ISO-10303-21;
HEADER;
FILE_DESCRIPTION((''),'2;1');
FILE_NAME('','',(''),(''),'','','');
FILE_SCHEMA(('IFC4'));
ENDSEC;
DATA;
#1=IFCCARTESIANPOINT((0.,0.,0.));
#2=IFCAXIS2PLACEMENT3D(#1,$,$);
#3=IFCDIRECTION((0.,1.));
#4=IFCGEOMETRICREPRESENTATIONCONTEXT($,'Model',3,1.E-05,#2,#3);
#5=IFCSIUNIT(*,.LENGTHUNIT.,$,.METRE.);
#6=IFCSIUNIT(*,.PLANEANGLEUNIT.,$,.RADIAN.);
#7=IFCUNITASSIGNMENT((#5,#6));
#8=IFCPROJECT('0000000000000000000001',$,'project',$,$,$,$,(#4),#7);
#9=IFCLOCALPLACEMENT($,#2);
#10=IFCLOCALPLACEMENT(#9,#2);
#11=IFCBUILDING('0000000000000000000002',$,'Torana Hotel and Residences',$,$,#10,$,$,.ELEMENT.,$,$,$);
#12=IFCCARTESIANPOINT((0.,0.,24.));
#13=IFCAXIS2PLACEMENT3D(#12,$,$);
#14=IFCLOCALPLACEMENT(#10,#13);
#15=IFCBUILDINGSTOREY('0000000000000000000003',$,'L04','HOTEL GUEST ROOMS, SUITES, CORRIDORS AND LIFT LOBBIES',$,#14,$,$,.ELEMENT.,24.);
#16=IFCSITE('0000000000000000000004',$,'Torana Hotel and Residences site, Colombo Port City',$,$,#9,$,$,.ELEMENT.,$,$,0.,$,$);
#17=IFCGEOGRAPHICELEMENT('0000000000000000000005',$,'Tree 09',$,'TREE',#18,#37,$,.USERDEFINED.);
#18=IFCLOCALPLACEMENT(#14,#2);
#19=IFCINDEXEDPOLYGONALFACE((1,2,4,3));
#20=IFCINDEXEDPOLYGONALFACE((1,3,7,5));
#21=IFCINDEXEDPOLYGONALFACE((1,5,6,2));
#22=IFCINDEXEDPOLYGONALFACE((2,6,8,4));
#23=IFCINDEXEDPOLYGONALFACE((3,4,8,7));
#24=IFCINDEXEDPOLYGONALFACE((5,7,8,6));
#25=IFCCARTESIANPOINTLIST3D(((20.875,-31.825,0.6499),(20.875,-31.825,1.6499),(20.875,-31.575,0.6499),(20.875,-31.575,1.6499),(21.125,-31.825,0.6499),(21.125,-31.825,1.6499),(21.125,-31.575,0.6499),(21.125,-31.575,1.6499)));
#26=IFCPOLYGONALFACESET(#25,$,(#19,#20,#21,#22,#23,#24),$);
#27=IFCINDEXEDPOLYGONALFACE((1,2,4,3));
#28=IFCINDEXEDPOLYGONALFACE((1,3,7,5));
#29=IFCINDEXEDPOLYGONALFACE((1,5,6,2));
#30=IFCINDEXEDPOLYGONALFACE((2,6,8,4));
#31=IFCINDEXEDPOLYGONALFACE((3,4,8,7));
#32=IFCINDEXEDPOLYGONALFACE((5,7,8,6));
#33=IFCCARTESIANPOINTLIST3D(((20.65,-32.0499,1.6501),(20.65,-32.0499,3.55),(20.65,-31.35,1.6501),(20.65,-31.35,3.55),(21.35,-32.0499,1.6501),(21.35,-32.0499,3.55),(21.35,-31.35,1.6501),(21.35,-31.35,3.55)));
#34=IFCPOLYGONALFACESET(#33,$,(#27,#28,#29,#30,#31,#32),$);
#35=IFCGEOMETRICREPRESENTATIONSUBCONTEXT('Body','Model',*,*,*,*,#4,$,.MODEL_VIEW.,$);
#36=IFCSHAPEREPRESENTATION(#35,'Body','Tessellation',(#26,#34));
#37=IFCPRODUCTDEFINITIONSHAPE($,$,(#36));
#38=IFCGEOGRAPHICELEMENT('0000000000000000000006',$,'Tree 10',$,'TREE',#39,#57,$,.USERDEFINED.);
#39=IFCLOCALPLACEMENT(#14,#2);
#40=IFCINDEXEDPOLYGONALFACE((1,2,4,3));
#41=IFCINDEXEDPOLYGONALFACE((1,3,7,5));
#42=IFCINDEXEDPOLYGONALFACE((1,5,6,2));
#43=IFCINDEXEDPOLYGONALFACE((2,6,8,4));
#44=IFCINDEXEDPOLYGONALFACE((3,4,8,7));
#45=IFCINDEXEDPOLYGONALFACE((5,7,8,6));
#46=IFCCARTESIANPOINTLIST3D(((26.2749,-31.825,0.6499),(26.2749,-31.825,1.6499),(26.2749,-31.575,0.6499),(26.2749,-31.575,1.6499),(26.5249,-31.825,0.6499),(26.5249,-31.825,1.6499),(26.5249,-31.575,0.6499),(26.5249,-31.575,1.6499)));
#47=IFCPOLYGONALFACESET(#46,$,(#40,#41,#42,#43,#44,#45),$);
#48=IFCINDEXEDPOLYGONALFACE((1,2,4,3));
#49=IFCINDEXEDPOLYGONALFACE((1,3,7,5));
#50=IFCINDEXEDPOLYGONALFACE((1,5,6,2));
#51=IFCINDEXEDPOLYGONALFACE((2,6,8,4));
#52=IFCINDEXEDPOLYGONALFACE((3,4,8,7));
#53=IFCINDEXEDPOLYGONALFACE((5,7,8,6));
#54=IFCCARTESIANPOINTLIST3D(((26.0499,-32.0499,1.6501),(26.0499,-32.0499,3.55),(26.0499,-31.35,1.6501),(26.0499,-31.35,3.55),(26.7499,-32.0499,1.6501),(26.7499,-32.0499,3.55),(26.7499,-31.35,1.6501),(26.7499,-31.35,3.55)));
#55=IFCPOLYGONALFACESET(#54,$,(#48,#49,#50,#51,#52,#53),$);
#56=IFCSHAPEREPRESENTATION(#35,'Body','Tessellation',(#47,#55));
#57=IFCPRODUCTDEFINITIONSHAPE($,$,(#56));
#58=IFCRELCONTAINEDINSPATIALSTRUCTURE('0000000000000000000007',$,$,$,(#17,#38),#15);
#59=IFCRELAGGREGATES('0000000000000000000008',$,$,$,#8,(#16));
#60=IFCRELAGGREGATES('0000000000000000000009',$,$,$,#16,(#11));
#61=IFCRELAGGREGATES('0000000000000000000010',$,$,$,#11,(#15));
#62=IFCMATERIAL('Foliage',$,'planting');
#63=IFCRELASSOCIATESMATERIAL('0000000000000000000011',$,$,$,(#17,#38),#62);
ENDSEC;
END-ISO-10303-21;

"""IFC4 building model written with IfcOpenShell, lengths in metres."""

from ifc_helpers import new_model, si_unit, direction, frame, origin, origin_2d, place, context, subcontext, project, spatial, rectangle, extrude, material, element, save


model = new_model("IFC4")

# Units and contexts
model_context = context("Model", 3, precision=1e-05, world=origin(), true_north=direction((0.0, 1.0)))
body_context = subcontext(model_context, "Body", "Model", "MODEL_VIEW")
ifc_project = project(units=[si_unit("LENGTHUNIT", "METRE"), si_unit("PLANEANGLEUNIT", "RADIAN")], contexts=[model_context])

# Site, building, storey
site_placement = place(None, origin())
site = spatial("IfcSite", under=ifc_project, at=site_placement, Name="Torana Hotel and Residences site, Colombo Port City", CompositionType="ELEMENT", RefElevation=0.0)
building_placement = place(site_placement, origin())
building = spatial("IfcBuilding", under=site, at=building_placement, Name="Torana Hotel and Residences", CompositionType="ELEMENT")
storey_placement = place(building_placement, frame((0.0, 0.0, 24.0)))
storey = spatial("IfcBuildingStorey", under=building, at=storey_placement, Name="L04", Description="HOTEL GUEST ROOMS, SUITES, CORRIDORS AND LIFT LOBBIES", CompositionType="ELEMENT", Elevation=24.0)

# Geographic elements
ifc_material_1 = material(Name="Foliage", Category="planting")
for number, where, z_axis, x_axis, name in (
    (1, (21.0, -31.7, 0.6499), (0.0, 0.0, 1.0), (1.0, 0.0, 0.0), "Tree 09"),
    (2, (26.3999, -31.7, 0.6499), (0.0, 0.0, 1.0), (1.0, 0.0, 0.0), "Tree 10"),
):
    element("IfcGeographicElement", number, at=place(storey_placement, frame(where, z_axis=z_axis, x_axis=x_axis)), inside=storey, material=ifc_material_1, Name=name, ObjectType="TREE", PredefinedType="USERDEFINED", context=body_context, shape_type="SweptSolid", body=[
        extrude(rectangle(XDim=0.25, YDim=0.25, at=origin_2d()), origin(), (0.0, 0.0, 1.0), 1.0),
        extrude(rectangle(XDim=0.7, YDim=0.7, at=origin_2d()), frame((0.0, 0.0, 1.0002)), (0.0, 0.0, 1.0), 1.8999),
    ])

save(model, "model.ifc")
